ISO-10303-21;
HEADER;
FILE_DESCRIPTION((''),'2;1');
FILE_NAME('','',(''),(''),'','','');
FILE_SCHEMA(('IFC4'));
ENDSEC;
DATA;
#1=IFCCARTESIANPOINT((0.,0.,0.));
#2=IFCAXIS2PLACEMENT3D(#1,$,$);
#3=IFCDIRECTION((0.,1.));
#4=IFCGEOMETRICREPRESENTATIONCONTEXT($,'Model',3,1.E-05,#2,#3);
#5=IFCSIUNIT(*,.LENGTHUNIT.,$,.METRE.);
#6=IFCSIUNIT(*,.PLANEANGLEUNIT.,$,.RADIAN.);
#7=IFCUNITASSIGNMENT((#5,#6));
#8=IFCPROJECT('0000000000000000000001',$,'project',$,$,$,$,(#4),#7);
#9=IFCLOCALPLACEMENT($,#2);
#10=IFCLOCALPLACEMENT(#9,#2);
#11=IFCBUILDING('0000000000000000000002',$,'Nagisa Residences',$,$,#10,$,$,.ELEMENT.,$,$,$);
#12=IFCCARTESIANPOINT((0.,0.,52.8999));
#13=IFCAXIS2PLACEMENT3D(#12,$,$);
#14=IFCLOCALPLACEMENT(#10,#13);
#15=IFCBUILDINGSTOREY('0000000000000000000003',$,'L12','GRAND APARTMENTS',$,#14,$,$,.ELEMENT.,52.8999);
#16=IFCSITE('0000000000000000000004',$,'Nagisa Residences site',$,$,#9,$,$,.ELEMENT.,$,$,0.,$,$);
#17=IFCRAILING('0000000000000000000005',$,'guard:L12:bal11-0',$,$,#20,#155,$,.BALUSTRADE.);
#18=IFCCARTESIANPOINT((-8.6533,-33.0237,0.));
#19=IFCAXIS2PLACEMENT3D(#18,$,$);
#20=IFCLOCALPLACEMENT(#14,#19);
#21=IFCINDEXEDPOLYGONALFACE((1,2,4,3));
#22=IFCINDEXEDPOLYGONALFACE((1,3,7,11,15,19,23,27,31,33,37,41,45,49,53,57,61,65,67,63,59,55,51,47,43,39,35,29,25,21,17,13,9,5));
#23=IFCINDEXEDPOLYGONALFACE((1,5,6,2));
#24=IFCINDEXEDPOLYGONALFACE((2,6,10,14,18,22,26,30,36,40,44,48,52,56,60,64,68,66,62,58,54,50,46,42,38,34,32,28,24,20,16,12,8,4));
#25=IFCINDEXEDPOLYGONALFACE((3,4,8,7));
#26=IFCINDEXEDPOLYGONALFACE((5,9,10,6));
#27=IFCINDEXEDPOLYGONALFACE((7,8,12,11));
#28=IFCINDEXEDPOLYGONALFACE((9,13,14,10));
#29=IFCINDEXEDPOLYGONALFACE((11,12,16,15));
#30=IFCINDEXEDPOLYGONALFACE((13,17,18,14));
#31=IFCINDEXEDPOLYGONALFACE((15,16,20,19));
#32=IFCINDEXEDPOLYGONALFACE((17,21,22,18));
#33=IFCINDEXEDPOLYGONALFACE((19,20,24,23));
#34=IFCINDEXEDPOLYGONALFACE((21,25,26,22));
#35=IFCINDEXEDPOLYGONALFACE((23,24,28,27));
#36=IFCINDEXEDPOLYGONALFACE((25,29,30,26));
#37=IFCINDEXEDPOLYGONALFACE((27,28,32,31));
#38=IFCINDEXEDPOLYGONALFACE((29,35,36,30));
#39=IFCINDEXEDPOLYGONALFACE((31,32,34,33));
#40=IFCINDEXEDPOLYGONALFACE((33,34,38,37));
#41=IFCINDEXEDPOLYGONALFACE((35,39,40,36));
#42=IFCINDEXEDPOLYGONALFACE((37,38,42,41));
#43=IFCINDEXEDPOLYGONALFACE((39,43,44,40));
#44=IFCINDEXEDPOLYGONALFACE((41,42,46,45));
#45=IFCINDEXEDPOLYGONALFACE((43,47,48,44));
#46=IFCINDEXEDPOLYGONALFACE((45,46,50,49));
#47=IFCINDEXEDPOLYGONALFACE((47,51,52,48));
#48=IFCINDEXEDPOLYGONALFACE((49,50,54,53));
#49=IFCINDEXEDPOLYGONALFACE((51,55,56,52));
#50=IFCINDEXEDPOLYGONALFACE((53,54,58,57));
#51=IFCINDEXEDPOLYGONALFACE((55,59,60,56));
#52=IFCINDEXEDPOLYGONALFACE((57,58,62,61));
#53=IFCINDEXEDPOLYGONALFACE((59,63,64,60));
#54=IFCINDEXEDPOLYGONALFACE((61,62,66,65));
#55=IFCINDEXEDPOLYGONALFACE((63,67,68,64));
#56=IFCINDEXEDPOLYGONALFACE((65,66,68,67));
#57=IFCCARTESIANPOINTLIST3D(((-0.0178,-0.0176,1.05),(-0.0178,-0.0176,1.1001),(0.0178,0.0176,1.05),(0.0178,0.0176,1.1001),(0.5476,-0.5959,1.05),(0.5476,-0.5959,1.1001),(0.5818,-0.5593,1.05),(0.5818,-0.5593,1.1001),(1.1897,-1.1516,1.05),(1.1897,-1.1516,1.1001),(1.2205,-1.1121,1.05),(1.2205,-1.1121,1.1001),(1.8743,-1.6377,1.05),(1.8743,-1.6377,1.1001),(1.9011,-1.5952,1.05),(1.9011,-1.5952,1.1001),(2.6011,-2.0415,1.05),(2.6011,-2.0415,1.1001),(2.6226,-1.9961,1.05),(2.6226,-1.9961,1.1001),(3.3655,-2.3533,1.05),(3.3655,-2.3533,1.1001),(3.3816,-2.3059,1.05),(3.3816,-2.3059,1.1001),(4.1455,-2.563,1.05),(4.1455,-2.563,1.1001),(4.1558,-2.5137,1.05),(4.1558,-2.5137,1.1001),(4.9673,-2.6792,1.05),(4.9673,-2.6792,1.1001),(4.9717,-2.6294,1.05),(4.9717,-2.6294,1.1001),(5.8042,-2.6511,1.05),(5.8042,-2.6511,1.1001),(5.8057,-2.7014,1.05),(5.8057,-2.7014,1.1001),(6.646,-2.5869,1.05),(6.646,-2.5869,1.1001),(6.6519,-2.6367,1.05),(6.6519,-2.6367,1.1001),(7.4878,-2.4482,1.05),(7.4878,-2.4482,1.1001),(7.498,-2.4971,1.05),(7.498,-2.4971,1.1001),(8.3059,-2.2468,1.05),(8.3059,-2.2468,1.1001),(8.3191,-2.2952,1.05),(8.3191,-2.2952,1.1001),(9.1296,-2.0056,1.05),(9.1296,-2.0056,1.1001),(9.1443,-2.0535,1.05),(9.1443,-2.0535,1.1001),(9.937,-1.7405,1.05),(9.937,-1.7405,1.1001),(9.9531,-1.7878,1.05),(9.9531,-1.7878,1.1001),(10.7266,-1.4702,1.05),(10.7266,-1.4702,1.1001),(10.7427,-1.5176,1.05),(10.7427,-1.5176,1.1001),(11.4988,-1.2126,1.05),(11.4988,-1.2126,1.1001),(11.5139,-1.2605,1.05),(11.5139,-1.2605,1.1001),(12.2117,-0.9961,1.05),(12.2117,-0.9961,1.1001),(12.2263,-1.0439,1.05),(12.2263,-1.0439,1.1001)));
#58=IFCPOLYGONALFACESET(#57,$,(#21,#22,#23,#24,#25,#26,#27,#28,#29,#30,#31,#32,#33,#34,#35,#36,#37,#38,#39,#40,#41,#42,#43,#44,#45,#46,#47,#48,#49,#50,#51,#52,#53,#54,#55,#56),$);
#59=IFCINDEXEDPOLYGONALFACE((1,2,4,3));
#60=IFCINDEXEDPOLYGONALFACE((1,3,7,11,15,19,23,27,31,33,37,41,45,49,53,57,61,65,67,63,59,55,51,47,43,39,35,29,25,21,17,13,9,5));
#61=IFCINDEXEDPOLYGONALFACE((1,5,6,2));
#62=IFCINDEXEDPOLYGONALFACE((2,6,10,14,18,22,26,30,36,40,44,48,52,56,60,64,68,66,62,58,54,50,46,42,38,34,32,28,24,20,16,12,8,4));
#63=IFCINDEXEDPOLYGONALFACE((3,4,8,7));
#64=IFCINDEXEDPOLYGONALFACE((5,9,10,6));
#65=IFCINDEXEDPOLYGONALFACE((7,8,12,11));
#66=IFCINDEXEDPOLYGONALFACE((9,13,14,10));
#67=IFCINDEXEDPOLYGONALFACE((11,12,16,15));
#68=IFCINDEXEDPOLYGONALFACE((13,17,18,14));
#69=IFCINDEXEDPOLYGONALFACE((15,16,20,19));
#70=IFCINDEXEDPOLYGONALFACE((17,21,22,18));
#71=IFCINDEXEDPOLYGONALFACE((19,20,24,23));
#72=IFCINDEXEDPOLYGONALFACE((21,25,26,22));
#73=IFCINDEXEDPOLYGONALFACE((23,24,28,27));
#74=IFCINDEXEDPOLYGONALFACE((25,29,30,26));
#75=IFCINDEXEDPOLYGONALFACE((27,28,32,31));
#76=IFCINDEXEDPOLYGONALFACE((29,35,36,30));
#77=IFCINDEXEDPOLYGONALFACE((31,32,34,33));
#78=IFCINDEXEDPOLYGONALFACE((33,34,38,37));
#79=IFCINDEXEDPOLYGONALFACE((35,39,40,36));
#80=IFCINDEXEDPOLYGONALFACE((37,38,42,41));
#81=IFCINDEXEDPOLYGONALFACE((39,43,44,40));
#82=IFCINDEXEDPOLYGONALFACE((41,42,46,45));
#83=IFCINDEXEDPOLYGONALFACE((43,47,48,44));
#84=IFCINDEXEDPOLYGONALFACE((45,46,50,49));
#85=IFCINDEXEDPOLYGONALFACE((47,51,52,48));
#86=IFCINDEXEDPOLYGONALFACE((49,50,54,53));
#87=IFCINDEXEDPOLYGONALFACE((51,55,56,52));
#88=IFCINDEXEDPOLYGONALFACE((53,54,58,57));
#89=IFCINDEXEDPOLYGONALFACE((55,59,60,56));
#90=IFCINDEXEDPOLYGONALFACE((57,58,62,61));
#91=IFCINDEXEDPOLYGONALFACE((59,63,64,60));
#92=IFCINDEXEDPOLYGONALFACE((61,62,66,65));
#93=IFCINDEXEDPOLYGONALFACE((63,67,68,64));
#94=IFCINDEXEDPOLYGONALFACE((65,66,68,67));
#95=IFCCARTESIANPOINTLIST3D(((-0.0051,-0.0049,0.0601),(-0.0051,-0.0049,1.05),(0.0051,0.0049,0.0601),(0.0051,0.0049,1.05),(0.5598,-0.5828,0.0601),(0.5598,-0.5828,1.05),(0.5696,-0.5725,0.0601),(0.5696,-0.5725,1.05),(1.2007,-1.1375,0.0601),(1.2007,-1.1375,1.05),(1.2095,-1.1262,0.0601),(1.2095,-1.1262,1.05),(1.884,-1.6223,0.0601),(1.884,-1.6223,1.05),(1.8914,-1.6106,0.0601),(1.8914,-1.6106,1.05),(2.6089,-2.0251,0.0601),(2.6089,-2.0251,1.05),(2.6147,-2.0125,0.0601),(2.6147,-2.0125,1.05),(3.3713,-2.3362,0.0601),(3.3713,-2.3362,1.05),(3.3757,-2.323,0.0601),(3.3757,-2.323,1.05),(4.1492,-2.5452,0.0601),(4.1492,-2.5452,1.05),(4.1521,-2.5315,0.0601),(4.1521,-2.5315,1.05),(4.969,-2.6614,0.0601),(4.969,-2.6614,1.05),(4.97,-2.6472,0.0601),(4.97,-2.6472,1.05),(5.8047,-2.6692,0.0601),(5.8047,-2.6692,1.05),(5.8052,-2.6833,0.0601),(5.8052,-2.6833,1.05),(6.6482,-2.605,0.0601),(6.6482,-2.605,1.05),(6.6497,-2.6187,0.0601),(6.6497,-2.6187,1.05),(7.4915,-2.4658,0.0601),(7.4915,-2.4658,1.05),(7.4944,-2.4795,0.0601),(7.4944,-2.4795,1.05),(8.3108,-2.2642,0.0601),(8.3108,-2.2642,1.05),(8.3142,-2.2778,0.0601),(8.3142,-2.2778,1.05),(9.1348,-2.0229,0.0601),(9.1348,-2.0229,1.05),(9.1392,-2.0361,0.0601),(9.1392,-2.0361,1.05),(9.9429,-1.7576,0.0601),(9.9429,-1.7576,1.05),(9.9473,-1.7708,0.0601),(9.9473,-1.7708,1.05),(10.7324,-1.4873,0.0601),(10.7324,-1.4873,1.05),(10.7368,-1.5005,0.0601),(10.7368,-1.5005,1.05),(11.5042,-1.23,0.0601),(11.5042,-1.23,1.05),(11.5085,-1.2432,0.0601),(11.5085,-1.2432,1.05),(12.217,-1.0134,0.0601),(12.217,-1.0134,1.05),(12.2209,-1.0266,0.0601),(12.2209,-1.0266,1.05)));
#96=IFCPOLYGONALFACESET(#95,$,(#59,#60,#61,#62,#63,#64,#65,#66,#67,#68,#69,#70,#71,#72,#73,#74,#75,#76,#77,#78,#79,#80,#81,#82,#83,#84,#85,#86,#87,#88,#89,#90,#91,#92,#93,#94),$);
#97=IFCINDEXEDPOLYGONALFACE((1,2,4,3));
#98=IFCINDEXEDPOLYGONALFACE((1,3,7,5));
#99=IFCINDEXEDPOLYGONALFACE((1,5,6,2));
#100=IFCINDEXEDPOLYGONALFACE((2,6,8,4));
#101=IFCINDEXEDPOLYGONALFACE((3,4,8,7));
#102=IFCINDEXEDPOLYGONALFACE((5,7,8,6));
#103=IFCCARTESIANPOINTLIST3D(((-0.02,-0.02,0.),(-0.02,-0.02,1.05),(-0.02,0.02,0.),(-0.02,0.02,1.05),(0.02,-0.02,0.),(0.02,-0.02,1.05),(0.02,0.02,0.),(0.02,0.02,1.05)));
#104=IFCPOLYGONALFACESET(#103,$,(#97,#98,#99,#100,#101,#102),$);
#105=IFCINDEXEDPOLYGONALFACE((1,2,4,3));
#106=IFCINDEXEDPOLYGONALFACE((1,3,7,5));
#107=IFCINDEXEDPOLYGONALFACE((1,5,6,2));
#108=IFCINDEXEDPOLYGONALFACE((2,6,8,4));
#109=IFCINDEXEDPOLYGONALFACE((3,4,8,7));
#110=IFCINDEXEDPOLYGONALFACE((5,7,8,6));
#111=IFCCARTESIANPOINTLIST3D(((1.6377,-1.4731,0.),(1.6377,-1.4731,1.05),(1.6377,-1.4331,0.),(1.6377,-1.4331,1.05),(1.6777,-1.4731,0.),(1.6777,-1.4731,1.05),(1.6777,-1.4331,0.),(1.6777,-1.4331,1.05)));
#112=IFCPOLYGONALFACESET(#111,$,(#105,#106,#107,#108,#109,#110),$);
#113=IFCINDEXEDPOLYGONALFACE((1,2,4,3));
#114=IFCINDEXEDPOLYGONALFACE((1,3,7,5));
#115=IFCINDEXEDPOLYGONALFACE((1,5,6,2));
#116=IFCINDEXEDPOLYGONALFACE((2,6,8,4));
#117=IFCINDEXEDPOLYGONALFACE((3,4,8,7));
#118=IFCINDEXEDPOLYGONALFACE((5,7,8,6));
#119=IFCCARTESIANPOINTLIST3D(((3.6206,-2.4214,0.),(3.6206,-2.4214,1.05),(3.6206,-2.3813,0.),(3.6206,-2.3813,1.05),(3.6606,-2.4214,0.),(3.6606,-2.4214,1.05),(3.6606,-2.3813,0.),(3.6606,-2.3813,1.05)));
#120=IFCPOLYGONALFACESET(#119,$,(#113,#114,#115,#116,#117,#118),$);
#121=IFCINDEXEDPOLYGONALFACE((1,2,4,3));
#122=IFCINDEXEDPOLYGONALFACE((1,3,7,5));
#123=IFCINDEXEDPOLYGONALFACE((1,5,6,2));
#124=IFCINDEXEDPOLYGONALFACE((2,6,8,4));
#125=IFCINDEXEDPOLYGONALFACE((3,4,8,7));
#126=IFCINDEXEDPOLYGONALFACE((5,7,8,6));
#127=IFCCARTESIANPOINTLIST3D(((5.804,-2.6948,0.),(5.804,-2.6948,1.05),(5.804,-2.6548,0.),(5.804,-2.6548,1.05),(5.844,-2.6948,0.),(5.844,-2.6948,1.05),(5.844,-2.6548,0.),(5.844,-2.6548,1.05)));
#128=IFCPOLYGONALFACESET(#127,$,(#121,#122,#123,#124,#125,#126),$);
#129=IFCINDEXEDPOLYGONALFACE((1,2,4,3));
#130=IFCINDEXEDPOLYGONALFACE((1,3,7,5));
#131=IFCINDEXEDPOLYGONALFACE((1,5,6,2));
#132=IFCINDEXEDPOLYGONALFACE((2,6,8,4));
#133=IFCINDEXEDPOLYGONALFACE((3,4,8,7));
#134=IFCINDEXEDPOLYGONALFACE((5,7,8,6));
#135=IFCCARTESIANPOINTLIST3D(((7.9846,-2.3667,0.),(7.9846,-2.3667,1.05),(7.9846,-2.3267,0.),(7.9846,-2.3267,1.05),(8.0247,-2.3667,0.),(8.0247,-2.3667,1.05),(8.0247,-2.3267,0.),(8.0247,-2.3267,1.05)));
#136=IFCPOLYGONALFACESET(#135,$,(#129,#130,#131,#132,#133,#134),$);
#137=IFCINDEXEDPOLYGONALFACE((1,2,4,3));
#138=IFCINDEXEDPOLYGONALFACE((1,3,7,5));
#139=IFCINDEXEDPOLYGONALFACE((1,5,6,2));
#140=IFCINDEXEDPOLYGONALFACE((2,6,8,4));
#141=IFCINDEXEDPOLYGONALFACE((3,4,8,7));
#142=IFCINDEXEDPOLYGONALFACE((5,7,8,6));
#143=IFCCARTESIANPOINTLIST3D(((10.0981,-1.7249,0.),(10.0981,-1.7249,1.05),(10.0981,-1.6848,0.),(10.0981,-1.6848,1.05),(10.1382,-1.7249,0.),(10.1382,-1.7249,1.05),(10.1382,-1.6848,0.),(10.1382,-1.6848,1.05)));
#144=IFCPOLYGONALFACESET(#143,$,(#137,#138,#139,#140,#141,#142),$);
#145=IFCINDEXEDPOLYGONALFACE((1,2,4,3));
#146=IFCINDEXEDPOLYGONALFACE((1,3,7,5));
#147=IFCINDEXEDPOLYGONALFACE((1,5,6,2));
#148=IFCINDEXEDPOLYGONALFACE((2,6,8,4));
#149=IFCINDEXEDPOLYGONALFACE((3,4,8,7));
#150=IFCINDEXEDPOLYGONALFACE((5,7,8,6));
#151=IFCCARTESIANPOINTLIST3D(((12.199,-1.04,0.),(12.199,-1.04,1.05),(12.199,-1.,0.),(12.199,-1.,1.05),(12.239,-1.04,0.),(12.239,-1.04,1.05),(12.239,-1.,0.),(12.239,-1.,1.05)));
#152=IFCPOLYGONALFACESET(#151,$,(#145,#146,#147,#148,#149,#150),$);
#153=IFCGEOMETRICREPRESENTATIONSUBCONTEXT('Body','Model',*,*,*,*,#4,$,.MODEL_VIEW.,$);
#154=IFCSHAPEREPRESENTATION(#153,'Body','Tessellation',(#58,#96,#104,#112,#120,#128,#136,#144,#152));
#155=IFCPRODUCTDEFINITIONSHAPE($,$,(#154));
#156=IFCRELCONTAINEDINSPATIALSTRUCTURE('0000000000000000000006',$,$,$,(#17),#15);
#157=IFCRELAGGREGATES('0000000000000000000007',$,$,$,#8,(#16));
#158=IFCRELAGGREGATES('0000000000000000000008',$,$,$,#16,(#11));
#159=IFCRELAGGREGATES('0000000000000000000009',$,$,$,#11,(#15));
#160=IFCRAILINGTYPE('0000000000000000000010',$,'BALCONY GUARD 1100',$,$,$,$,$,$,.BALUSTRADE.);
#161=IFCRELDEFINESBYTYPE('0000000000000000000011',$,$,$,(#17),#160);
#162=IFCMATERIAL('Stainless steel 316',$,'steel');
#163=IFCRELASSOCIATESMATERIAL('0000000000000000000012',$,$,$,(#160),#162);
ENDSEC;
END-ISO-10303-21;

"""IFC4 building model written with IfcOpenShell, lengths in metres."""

from ifc_helpers import new_model, si_unit, direction, frame, origin, origin_2d, place, context, subcontext, project, spatial, polyline, rectangle, outline, extrude, material, type_object, element, save


model = new_model("IFC4")

# Units and contexts
model_context = context("Model", 3, precision=1e-05, world=origin(), true_north=direction((0.0, 1.0)))
body_context = subcontext(model_context, "Body", "Model", "MODEL_VIEW")
ifc_project = project(units=[si_unit("LENGTHUNIT", "METRE"), si_unit("PLANEANGLEUNIT", "RADIAN")], contexts=[model_context])

# Site, building, storey
site_placement = place(None, origin())
site = spatial("IfcSite", under=ifc_project, at=site_placement, Name="Nagisa Residences site", CompositionType="ELEMENT", RefElevation=0.0)
building_placement = place(site_placement, origin())
building = spatial("IfcBuilding", under=site, at=building_placement, Name="Nagisa Residences", CompositionType="ELEMENT")
storey_placement = place(building_placement, frame((0.0, 0.0, 52.8999)))
storey = spatial("IfcBuildingStorey", under=building, at=storey_placement, Name="L12", Description="GRAND APARTMENTS", CompositionType="ELEMENT", Elevation=52.8999)

# Railing
ifc_material_1 = material(Name="Stainless steel 316", Category="steel")
railing_type = type_object("IfcRailingType", Name="BALCONY GUARD 1100", PredefinedType="BALUSTRADE", material=ifc_material_1)
railing_placement = place(storey_placement, frame((-8.6533, -33.0237, 0.0)))
element("IfcRailing", 1, at=railing_placement, inside=storey, type_object=railing_type, Name="guard:L12:bal11-0", PredefinedType="BALUSTRADE", context=body_context, shape_type="SweptSolid", body=[
    extrude(outline(polyline([(0.5818, -0.5593), (0.0178, 0.0176), (-0.0178, -0.0176), (0.5476, -0.5959), (1.1897, -1.1516), (1.8743, -1.6377), (2.6011, -2.0415), (3.3655, -2.3533), (4.1455, -2.563), (4.9673, -2.6792), (5.8057, -2.7014), (6.6519, -2.6367), (7.498, -2.4971), (8.3191, -2.2952), (9.1443, -2.0535), (9.9531, -1.7878), (10.7427, -1.5176), (11.5139, -1.2605), (12.2263, -1.0439), (12.2117, -0.9961), (11.4988, -1.2126), (10.7266, -1.4702), (9.937, -1.7405), (9.1296, -2.0056), (8.3059, -2.2468), (7.4878, -2.4482), (6.646, -2.5869), (5.8042, -2.6511), (4.9717, -2.6294), (4.1558, -2.5137), (3.3816, -2.3059), (2.6226, -1.9961), (1.9011, -1.5952), (1.2205, -1.1121), (0.5818, -0.5593)])), frame((0.0, 0.0, 1.05)), (0.0, 0.0, 1.0), 0.05),
    extrude(outline(polyline([(0.5696, -0.5725), (0.0051, 0.0049), (-0.0051, -0.0049), (0.5598, -0.5828), (1.2007, -1.1375), (1.884, -1.6223), (2.6089, -2.0251), (3.3713, -2.3362), (4.1492, -2.5452), (4.969, -2.6614), (5.8052, -2.6833), (6.6497, -2.6187), (7.4944, -2.4795), (8.3142, -2.2778), (9.1392, -2.0361), (9.9473, -1.7708), (10.7368, -1.5005), (11.5085, -1.2432), (12.2209, -1.0266), (12.217, -1.0134), (11.5042, -1.23), (10.7324, -1.4873), (9.9429, -1.7576), (9.1348, -2.0229), (8.3108, -2.2642), (7.4915, -2.4658), (6.6482, -2.605), (5.8047, -2.6692), (4.97, -2.6472), (4.1521, -2.5315), (3.3757, -2.323), (2.6147, -2.0125), (1.8914, -1.6106), (1.2095, -1.1262), (0.5696, -0.5725)])), frame((0.0, 0.0, 0.0601)), (0.0, 0.0, 1.0), 0.99),
    extrude(rectangle(XDim=0.04, YDim=0.04, at=origin_2d()), origin(), (0.0, 0.0, 1.0), 1.05),
    extrude(rectangle(XDim=0.04, YDim=0.04, at=origin_2d()), frame((1.6577, -1.4531, 0.0)), (0.0, 0.0, 1.0), 1.05),
    extrude(rectangle(XDim=0.04, YDim=0.04, at=origin_2d()), frame((3.6406, -2.4014, 0.0)), (0.0, 0.0, 1.0), 1.05),
    extrude(rectangle(XDim=0.04, YDim=0.04, at=origin_2d()), frame((5.824, -2.6748, 0.0)), (0.0, 0.0, 1.0), 1.05),
    extrude(rectangle(XDim=0.04, YDim=0.04, at=origin_2d()), frame((8.0046, -2.3467, 0.0)), (0.0, 0.0, 1.0), 1.05),
    extrude(rectangle(XDim=0.04, YDim=0.04, at=origin_2d()), frame((10.1182, -1.7048, 0.0)), (0.0, 0.0, 1.0), 1.05),
    extrude(rectangle(XDim=0.04, YDim=0.04, at=origin_2d()), frame((12.219, -1.02, 0.0)), (0.0, 0.0, 1.0), 1.05),
])

save(model, "model.ifc")
